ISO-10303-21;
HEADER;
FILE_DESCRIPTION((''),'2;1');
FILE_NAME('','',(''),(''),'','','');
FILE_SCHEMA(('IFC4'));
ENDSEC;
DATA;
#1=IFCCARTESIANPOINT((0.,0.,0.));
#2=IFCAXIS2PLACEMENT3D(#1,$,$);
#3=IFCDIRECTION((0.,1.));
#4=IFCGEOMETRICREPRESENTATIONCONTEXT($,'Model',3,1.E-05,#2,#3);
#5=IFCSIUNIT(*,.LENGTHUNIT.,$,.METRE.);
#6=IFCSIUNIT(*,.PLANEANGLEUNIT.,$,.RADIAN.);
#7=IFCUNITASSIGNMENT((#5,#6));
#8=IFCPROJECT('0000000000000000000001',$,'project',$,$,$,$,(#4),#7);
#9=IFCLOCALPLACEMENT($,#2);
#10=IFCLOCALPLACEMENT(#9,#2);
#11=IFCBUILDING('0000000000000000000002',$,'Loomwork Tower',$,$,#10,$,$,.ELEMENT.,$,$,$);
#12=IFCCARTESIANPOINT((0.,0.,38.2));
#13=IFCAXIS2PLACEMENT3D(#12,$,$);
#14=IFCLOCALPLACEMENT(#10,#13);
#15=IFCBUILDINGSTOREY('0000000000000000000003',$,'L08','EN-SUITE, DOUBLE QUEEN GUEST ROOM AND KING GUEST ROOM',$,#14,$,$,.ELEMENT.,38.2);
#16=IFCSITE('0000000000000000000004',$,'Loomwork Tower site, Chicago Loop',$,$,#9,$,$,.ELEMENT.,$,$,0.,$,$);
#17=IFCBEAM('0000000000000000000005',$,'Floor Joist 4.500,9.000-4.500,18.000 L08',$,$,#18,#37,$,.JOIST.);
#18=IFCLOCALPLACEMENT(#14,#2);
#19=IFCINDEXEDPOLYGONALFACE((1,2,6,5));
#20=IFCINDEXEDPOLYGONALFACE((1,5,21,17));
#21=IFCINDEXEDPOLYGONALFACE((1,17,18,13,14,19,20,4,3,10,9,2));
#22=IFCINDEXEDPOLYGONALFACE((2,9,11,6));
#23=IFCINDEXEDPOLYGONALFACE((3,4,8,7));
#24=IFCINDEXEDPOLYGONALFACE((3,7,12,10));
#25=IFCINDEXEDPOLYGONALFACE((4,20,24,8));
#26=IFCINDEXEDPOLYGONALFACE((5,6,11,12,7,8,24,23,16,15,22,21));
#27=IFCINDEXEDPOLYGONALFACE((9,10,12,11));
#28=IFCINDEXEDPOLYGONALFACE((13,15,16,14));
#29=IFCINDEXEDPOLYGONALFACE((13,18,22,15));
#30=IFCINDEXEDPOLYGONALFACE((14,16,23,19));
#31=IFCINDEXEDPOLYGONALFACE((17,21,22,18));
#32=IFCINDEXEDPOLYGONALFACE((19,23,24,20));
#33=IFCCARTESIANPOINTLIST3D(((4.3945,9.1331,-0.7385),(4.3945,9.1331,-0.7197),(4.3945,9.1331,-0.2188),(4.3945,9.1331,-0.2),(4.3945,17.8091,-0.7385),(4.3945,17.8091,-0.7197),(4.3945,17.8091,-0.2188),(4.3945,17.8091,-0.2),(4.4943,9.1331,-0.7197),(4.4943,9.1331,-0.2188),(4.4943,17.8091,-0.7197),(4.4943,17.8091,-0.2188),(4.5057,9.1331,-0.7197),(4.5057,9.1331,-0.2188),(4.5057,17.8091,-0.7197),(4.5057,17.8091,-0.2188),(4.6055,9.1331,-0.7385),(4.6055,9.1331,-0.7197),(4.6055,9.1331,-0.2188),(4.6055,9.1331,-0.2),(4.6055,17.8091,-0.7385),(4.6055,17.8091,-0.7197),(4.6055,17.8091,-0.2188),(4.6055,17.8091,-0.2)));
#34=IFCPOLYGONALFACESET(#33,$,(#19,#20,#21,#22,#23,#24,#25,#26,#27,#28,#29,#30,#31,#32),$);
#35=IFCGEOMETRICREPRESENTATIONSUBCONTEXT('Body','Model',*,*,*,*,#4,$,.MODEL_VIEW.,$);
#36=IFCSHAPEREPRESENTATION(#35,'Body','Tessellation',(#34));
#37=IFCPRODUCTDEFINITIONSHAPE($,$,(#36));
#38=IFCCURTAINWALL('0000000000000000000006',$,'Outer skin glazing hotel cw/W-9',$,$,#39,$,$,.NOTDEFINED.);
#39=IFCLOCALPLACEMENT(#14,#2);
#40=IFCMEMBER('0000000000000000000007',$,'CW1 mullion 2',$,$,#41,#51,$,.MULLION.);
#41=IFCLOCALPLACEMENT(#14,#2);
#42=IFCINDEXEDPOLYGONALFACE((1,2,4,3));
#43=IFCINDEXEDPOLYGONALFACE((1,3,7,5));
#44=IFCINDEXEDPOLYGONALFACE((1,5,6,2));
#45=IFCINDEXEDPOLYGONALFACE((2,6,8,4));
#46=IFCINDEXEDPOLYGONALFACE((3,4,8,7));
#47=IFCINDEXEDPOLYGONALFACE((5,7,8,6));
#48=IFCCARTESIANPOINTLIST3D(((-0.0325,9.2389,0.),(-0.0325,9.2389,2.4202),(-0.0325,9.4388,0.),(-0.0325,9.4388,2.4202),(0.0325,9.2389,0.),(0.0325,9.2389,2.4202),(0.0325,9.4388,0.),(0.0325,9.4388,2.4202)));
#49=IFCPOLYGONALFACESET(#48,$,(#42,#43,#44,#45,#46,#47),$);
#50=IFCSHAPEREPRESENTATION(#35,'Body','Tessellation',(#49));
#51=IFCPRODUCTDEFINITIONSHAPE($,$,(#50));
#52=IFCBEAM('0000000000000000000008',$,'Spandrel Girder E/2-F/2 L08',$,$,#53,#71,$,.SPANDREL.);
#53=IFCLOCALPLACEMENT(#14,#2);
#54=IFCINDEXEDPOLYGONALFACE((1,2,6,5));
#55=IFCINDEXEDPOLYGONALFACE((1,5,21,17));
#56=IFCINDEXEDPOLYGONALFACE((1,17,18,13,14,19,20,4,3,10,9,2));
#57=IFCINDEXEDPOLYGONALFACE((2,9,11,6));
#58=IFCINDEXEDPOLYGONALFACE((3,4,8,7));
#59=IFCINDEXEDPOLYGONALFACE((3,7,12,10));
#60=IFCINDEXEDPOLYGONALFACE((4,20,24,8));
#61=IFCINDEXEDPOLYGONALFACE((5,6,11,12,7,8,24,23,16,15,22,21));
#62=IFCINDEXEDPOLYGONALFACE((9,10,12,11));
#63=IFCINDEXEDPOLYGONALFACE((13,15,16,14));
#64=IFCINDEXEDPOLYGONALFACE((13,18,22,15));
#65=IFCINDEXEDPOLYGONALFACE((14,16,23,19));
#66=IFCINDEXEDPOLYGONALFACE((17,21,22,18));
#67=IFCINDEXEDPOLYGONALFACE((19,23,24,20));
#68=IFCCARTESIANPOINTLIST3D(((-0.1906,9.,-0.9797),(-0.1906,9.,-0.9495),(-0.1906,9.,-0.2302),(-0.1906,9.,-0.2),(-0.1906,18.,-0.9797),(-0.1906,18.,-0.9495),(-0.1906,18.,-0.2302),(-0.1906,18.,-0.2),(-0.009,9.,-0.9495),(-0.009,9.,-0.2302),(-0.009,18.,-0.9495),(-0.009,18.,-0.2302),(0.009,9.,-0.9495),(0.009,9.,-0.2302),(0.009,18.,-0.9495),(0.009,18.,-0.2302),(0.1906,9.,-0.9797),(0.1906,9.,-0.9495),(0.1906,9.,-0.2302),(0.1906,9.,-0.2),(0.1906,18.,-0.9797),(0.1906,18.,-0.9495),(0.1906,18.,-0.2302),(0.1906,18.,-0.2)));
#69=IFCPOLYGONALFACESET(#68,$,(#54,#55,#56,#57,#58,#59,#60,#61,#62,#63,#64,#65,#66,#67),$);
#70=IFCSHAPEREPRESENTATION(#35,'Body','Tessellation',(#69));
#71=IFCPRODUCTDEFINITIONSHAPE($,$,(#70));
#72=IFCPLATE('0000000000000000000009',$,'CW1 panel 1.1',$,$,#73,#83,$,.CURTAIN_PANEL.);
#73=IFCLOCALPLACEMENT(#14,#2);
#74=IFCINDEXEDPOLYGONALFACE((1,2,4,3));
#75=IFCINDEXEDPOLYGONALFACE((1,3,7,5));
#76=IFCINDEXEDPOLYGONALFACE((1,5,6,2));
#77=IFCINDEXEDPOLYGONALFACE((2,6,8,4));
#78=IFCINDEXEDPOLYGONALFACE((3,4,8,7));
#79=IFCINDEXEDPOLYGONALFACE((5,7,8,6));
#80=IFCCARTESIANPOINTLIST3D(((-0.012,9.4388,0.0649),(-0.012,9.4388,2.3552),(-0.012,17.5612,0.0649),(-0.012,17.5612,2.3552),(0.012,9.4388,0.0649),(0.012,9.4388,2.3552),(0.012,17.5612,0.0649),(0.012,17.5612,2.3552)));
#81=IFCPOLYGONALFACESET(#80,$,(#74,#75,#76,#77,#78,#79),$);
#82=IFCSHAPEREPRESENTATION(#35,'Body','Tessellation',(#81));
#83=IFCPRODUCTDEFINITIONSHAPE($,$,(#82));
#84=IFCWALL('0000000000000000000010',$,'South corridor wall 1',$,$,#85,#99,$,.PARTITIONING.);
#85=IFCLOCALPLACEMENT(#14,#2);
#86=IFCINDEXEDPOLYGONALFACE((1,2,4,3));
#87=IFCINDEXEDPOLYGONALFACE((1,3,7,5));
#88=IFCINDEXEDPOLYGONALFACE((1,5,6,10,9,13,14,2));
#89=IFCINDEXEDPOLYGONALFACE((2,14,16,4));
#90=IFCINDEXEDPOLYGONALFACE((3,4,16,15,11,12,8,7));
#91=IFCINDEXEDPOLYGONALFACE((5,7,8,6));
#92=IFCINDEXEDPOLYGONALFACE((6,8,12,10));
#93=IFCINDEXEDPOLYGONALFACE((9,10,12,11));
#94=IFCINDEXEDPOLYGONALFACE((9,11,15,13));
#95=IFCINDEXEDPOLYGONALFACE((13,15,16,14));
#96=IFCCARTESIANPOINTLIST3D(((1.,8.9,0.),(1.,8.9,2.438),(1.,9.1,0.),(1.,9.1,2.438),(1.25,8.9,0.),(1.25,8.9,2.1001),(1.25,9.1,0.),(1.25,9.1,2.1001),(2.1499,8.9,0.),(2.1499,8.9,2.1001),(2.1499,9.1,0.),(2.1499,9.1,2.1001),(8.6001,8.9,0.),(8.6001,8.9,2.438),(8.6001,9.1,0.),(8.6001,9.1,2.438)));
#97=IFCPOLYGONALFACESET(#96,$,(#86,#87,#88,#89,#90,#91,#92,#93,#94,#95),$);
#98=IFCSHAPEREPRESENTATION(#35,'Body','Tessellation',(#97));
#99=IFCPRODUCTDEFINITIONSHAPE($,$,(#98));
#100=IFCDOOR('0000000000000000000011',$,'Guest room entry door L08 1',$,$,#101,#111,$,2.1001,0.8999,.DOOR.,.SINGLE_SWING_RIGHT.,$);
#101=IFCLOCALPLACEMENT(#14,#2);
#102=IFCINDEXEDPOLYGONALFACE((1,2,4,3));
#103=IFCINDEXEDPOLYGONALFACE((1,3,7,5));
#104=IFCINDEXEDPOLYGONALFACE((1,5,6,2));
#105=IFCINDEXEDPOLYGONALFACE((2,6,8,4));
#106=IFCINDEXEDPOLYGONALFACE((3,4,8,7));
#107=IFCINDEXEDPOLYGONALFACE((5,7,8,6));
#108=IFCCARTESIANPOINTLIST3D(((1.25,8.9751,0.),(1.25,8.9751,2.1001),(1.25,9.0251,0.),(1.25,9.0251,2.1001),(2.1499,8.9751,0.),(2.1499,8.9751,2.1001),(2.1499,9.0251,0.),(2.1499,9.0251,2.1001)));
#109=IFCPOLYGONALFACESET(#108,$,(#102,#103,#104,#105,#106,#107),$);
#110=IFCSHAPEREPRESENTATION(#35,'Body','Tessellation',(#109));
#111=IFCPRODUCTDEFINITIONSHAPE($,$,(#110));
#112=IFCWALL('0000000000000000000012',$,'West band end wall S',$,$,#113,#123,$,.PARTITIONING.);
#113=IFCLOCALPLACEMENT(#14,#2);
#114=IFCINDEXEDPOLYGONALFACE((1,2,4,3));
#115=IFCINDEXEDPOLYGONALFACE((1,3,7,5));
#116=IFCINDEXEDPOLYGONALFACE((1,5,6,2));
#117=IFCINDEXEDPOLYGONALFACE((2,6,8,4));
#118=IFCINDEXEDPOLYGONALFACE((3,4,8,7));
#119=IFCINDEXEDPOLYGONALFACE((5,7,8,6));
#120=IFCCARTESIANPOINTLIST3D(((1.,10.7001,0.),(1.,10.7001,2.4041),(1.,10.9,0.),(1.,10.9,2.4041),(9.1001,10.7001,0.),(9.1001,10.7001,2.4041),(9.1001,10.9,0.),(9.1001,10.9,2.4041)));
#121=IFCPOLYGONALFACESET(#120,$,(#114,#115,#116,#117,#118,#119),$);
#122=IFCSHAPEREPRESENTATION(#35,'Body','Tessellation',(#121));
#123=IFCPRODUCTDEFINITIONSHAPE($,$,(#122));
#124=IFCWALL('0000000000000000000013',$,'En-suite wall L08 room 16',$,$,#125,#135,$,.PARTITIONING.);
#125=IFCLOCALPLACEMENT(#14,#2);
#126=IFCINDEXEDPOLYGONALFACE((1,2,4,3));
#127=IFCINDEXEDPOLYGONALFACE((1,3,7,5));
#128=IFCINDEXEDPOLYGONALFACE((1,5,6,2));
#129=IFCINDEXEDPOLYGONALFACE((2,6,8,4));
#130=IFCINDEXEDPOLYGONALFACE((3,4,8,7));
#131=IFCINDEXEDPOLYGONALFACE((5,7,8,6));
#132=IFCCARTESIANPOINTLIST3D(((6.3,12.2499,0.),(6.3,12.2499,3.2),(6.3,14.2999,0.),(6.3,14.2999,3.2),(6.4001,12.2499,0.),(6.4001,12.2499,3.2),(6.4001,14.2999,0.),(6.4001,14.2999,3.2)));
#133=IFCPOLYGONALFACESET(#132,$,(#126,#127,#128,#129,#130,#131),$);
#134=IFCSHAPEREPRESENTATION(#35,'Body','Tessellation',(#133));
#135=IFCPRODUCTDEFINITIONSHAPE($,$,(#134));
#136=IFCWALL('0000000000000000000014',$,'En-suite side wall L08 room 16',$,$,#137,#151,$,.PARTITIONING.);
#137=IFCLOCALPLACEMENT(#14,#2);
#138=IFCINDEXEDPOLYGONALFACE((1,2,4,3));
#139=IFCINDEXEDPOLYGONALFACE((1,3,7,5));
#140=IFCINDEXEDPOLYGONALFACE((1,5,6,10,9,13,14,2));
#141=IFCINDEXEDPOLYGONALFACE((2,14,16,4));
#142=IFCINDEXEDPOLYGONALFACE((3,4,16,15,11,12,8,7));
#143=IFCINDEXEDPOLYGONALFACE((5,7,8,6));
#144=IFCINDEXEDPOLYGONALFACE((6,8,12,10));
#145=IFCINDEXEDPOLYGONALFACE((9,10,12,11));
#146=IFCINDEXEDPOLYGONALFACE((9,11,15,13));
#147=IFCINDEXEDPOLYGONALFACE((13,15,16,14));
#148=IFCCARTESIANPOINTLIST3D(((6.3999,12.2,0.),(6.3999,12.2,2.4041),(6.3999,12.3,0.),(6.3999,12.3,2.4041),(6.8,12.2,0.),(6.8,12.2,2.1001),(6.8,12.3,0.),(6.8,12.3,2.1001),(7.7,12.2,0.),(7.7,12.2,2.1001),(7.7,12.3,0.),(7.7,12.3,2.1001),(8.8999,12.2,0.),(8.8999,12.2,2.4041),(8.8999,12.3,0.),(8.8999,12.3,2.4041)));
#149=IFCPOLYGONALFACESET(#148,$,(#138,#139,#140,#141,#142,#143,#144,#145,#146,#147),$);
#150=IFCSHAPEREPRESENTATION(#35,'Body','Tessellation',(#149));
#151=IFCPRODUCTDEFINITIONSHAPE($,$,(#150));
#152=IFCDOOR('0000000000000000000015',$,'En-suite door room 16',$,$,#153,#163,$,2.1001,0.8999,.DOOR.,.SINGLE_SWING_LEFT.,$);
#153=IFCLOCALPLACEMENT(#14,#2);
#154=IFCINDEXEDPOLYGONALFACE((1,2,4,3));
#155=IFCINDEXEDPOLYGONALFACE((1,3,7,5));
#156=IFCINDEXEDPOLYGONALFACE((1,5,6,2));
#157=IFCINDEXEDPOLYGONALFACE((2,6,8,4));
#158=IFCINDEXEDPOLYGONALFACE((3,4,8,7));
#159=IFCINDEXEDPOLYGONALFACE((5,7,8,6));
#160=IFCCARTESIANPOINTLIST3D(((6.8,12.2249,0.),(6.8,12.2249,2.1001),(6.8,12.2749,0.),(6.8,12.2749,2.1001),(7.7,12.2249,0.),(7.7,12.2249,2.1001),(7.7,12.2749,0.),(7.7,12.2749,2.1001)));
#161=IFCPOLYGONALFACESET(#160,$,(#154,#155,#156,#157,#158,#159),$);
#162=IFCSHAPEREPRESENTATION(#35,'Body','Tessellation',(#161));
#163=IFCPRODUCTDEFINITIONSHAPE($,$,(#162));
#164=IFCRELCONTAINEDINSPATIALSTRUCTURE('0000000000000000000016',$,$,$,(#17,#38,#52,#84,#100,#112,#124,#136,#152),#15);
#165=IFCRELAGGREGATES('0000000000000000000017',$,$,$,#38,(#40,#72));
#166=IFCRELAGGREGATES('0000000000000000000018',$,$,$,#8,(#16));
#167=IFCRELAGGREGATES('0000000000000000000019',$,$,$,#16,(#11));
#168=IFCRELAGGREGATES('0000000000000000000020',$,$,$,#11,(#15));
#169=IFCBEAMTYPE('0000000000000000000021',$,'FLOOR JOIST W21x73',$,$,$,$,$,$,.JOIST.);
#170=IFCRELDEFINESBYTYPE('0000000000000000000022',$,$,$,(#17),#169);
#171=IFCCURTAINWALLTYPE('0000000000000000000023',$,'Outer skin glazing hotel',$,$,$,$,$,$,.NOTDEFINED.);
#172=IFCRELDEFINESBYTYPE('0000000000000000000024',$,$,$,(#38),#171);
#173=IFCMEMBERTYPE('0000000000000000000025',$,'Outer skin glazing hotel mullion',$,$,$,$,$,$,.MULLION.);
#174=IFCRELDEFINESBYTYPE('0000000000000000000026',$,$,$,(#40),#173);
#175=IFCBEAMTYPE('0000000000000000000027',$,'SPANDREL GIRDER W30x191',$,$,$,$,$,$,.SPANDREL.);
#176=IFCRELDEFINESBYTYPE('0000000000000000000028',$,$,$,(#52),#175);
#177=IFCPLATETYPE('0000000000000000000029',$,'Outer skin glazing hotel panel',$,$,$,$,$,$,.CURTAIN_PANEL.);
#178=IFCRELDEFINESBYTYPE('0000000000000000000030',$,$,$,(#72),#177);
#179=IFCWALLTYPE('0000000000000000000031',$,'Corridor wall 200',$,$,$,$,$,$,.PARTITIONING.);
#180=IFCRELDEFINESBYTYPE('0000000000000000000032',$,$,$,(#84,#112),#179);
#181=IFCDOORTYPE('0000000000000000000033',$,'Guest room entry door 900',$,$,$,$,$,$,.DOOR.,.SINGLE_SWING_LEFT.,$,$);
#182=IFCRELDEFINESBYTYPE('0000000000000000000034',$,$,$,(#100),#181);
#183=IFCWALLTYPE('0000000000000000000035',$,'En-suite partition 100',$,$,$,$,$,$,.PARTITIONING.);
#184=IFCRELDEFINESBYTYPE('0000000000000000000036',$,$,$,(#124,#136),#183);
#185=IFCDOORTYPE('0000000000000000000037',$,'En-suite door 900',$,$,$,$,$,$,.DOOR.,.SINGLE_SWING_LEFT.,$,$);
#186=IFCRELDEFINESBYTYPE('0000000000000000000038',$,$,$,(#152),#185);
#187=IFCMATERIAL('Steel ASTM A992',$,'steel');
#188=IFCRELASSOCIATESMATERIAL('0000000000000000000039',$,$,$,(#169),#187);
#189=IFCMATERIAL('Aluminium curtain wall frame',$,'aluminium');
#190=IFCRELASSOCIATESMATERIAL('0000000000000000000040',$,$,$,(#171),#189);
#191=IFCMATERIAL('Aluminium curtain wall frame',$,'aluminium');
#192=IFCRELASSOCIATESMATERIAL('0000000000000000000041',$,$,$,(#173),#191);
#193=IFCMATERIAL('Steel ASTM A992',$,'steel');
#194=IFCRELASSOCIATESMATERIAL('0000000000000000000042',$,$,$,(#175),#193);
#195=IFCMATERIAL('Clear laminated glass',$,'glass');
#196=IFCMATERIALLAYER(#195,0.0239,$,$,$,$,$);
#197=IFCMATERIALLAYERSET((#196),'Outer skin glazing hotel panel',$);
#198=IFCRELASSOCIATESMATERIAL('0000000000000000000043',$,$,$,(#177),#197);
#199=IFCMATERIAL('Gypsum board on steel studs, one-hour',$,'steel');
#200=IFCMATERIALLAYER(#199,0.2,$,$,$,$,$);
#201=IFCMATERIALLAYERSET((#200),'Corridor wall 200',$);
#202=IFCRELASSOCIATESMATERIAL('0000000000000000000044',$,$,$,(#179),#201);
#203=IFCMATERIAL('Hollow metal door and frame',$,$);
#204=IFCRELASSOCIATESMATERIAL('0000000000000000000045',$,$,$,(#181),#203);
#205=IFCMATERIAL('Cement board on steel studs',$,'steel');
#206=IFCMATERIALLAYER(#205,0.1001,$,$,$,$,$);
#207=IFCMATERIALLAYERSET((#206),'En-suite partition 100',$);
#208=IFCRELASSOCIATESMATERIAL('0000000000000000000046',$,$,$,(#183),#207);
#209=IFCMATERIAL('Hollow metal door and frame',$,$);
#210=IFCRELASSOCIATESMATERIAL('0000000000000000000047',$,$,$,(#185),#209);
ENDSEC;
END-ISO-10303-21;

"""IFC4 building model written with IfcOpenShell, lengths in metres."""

from ifc_helpers import new_model, si_unit, direction, frame, frame_2d, origin, origin_2d, place, context, subcontext, project, spatial, rectangle, i_section, extrude, material, layer, layer_set, material_profile, profile_set, type_object, element, fill, aggregate, save


model = new_model("IFC4")

# Units and contexts
model_context = context("Model", 3, precision=1e-05, world=origin(), true_north=direction((0.0, 1.0)))
body_context = subcontext(model_context, "Body", "Model", "MODEL_VIEW")
ifc_project = project(units=[si_unit("LENGTHUNIT", "METRE"), si_unit("PLANEANGLEUNIT", "RADIAN")], contexts=[model_context])

# Site, building, storey
site_placement = place(None, origin())
site = spatial("IfcSite", under=ifc_project, at=site_placement, Name="Loomwork Tower site, Chicago Loop", CompositionType="ELEMENT", RefElevation=0.0)
building_placement = place(site_placement, origin())
building = spatial("IfcBuilding", under=site, at=building_placement, Name="Loomwork Tower", CompositionType="ELEMENT")
storey_placement = place(building_placement, frame((0.0, 0.0, 38.2)))
storey = spatial("IfcBuildingStorey", under=building, at=storey_placement, Name="L08", Description="EN-SUITE, DOUBLE QUEEN GUEST ROOM AND KING GUEST ROOM", CompositionType="ELEMENT", Elevation=38.2)

# Beam
ifc_material_1 = material(Name="Steel ASTM A992", Category="steel")
ifc_material_profile_1 = material_profile(ifc_material_1, i_section(OverallWidth=0.2109, OverallDepth=0.5386, WebThickness=0.0115, FlangeThickness=0.0188, at=origin_2d()), Name="W21x73")
ifc_profile_set_1 = profile_set([ifc_material_profile_1], Name="Steel ASTM A992")
beam_type_1 = type_object("IfcBeamType", Name="FLOOR JOIST W21x73", PredefinedType="JOIST", material=ifc_profile_set_1)
beam_1_placement = place(storey_placement, frame((4.5, 9.1331, -0.4692), z_axis=(0.0, 1.0, 0.0), x_axis=(-1.0, 0.0, 0.0)))
element("IfcBeam", 1, at=beam_1_placement, inside=storey, type_object=beam_type_1, Name="Floor Joist 4.500,9.000-4.500,18.000 L08", PredefinedType="JOIST", context=body_context, shape_type="SweptSolid", body=[
    extrude(i_section(OverallWidth=0.2109, OverallDepth=0.5386, WebThickness=0.0115, FlangeThickness=0.0188, at=origin_2d()), origin(), (0.0, 0.0, 1.0), 8.676),
])

# Curtain wall, member
ifc_material_2 = material(Name="Aluminium curtain wall frame", Category="aluminium")
curtain_wall_type = type_object("IfcCurtainWallType", Name="Outer skin glazing hotel", PredefinedType="NOTDEFINED", material=ifc_material_2)
curtain_wall_placement = place(storey_placement, origin())
curtain_wall = element("IfcCurtainWall", 2, at=curtain_wall_placement, inside=storey, type_object=curtain_wall_type, Name="Outer skin glazing hotel cw/W-9", PredefinedType="NOTDEFINED")
ifc_material_3 = material(Name="Aluminium curtain wall frame", Category="aluminium")
ifc_material_profile_2 = material_profile(ifc_material_3, rectangle(XDim=0.0649, YDim=0.2, at=origin_2d()), Name="AL 65x200")
ifc_profile_set_2 = profile_set([ifc_material_profile_2], Name="Aluminium curtain wall frame")
member_type = type_object("IfcMemberType", Name="Outer skin glazing hotel mullion", PredefinedType="MULLION", material=ifc_profile_set_2)
member_placement = place(storey_placement, frame((0.0, 9.3389, 0.0), z_axis=(0.0, 0.0, 1.0), x_axis=(1.0, 0.0, 0.0)))
member = element("IfcMember", 3, at=member_placement, type_object=member_type, Name="CW1 mullion 2", PredefinedType="MULLION", context=body_context, shape_type="SweptSolid", body=[
    extrude(rectangle(XDim=0.0649, YDim=0.2, at=origin_2d()), origin(), (0.0, 0.0, 1.0), 2.4202),
])

# Beam
ifc_material_4 = material(Name="Steel ASTM A992", Category="steel")
ifc_material_profile_3 = material_profile(ifc_material_4, i_section(OverallWidth=0.3811, OverallDepth=0.7798, WebThickness=0.0181, FlangeThickness=0.0303, at=origin_2d()), Name="W30x191")
ifc_profile_set_3 = profile_set([ifc_material_profile_3], Name="Steel ASTM A992")
beam_type_2 = type_object("IfcBeamType", Name="SPANDREL GIRDER W30x191", PredefinedType="SPANDREL", material=ifc_profile_set_3)
beam_2_placement = place(storey_placement, frame((0.0, 9.0, -0.5898), z_axis=(0.0, 1.0, 0.0), x_axis=(-1.0, 0.0, 0.0)))
element("IfcBeam", 4, at=beam_2_placement, inside=storey, type_object=beam_type_2, Name="Spandrel Girder E/2-F/2 L08", PredefinedType="SPANDREL", context=body_context, shape_type="SweptSolid", body=[
    extrude(i_section(OverallWidth=0.3811, OverallDepth=0.7798, WebThickness=0.0181, FlangeThickness=0.0303, at=origin_2d()), origin(), (0.0, 0.0, 1.0), 9.0),
])

# Plate
ifc_material_5 = material(Name="Clear laminated glass", Category="glass")
ifc_layer_1 = layer(ifc_material_5, 0.0239)
ifc_layer_set_1 = layer_set([ifc_layer_1], Name="Outer skin glazing hotel panel")
plate_type = type_object("IfcPlateType", Name="Outer skin glazing hotel panel", PredefinedType="CURTAIN_PANEL", material=ifc_layer_set_1)
plate_placement = place(storey_placement, frame((0.0, 13.5, 0.0649), z_axis=(0.0, 0.0, 1.0), x_axis=(0.0, -1.0, 0.0)))
plate = element("IfcPlate", 5, at=plate_placement, type_object=plate_type, Name="CW1 panel 1.1", PredefinedType="CURTAIN_PANEL", context=body_context, shape_type="SweptSolid", body=[
    extrude(rectangle(XDim=8.1223, YDim=0.0239, at=origin_2d()), origin(), (0.0, 0.0, 1.0), 2.2903),
])
aggregate(curtain_wall, [member, plate])

# Wall, opening, door
ifc_material_6 = material(Name="Gypsum board on steel studs, one-hour", Category="steel")
ifc_layer_2 = layer(ifc_material_6, 0.2)
ifc_layer_set_2 = layer_set([ifc_layer_2], Name="Corridor wall 200")
wall_type_1 = type_object("IfcWallType", Name="Corridor wall 200", PredefinedType="PARTITIONING", material=ifc_layer_set_2)
wall_1_placement = place(storey_placement, frame((1.0, 9.0, 0.0), z_axis=(0.0, 0.0, 1.0), x_axis=(1.0, 0.0, 0.0)))
wall_1 = element("IfcWall", 6, at=wall_1_placement, inside=storey, type_object=wall_type_1, Name="South corridor wall 1", PredefinedType="PARTITIONING", context=body_context, shape_type="SweptSolid", body=[
    extrude(rectangle(XDim=7.6001, YDim=0.2, at=frame_2d((3.8, 0.0))), origin(), (0.0, 0.0, 1.0), 2.438),
])
opening_1_placement = place(wall_1_placement, frame((0.25, 0.0, 0.0)))
opening_1 = element("IfcOpeningElement", 7, at=opening_1_placement, cuts=wall_1, PredefinedType="OPENING", context=body_context, shape_type="SweptSolid", body=[
    extrude(rectangle(XDim=0.8999, YDim=2.1001, at=frame_2d((0.45, 1.05))), frame((0.0, 0.1099, 0.0), z_axis=(0.0, -1.0, 0.0), x_axis=(1.0, 0.0, 0.0)), (0.0, 0.0, 1.0), 0.22),
])
ifc_material_7 = material(Name="Hollow metal door and frame")
door_type_1 = type_object("IfcDoorType", Name="Guest room entry door 900", OperationType="SINGLE_SWING_LEFT", PredefinedType="DOOR", material=ifc_material_7)
door_1_placement = place(opening_1_placement, frame((0.8999, 0.0, 0.0), z_axis=(0.0, 0.0, 1.0), x_axis=(-1.0, 0.0, 0.0)))
door_1 = element("IfcDoor", 8, at=door_1_placement, inside=storey, type_object=door_type_1, Name="Guest room entry door L08 1", OperationType="SINGLE_SWING_RIGHT", OverallHeight=2.1001, OverallWidth=0.8999, PredefinedType="DOOR", context=body_context, shape_type="SweptSolid", body=[
    extrude(rectangle(XDim=0.8999, YDim=2.1001, at=frame_2d((0.45, 1.05))), frame((0.0, 0.0249, 0.0), z_axis=(0.0, -1.0, 0.0), x_axis=(1.0, 0.0, 0.0)), (0.0, 0.0, 1.0), 0.05),
])
fill(opening_1, door_1)

# Walls
wall_2_placement = place(storey_placement, frame((1.0, 10.8, 0.0), z_axis=(0.0, 0.0, 1.0), x_axis=(1.0, 0.0, 0.0)))
element("IfcWall", 9, at=wall_2_placement, inside=storey, type_object=wall_type_1, Name="West band end wall S", PredefinedType="PARTITIONING", context=body_context, shape_type="SweptSolid", body=[
    extrude(rectangle(XDim=8.1001, YDim=0.2, at=frame_2d((4.05, 0.0))), origin(), (0.0, 0.0, 1.0), 2.4041),
])
ifc_material_8 = material(Name="Cement board on steel studs", Category="steel")
ifc_layer_3 = layer(ifc_material_8, 0.1001)
ifc_layer_set_3 = layer_set([ifc_layer_3], Name="En-suite partition 100")
wall_type_2 = type_object("IfcWallType", Name="En-suite partition 100", PredefinedType="PARTITIONING", material=ifc_layer_set_3)
wall_3_placement = place(storey_placement, frame((6.3501, 12.25, 0.0), z_axis=(0.0, 0.0, 1.0), x_axis=(0.0, 1.0, 0.0)))
element("IfcWall", 10, at=wall_3_placement, inside=storey, type_object=wall_type_2, Name="En-suite wall L08 room 16", PredefinedType="PARTITIONING", context=body_context, shape_type="SweptSolid", body=[
    extrude(rectangle(XDim=2.05, YDim=0.1001, at=frame_2d((1.0249, 0.0))), origin(), (0.0, 0.0, 1.0), 3.2),
])

# Wall, opening, door
wall_4_placement = place(storey_placement, frame((8.8999, 12.25, 0.0), z_axis=(0.0, 0.0, 1.0), x_axis=(-1.0, 0.0, 0.0)))
wall_4 = element("IfcWall", 11, at=wall_4_placement, inside=storey, type_object=wall_type_2, Name="En-suite side wall L08 room 16", PredefinedType="PARTITIONING", context=body_context, shape_type="SweptSolid", body=[
    extrude(rectangle(XDim=2.5, YDim=0.1001, at=frame_2d((1.25, 0.0))), origin(), (0.0, 0.0, 1.0), 2.4041),
])
opening_2_placement = place(wall_4_placement, frame((1.2, 0.0, 0.0)))
opening_2 = element("IfcOpeningElement", 12, at=opening_2_placement, cuts=wall_4, PredefinedType="OPENING", context=body_context, shape_type="SweptSolid", body=[
    extrude(rectangle(XDim=0.8999, YDim=2.1001, at=frame_2d((0.45, 1.05))), frame((0.0, 0.0601, 0.0), z_axis=(0.0, -1.0, 0.0), x_axis=(1.0, 0.0, 0.0)), (0.0, 0.0, 1.0), 0.1201),
])
ifc_material_9 = material(Name="Hollow metal door and frame")
door_type_2 = type_object("IfcDoorType", Name="En-suite door 900", OperationType="SINGLE_SWING_LEFT", PredefinedType="DOOR", material=ifc_material_9)
door_2_placement = place(opening_2_placement, frame((0.8999, 0.0, 0.0), z_axis=(0.0, 0.0, 1.0), x_axis=(-1.0, 0.0, 0.0)))
door_2 = element("IfcDoor", 13, at=door_2_placement, inside=storey, type_object=door_type_2, Name="En-suite door room 16", OperationType="SINGLE_SWING_LEFT", OverallHeight=2.1001, OverallWidth=0.8999, PredefinedType="DOOR", context=body_context, shape_type="SweptSolid", body=[
    extrude(rectangle(XDim=0.8999, YDim=2.1001, at=frame_2d((0.45, 1.05))), frame((0.0, 0.0249, 0.0), z_axis=(0.0, -1.0, 0.0), x_axis=(1.0, 0.0, 0.0)), (0.0, 0.0, 1.0), 0.05),
])
fill(opening_2, door_2)

save(model, "model.ifc")
